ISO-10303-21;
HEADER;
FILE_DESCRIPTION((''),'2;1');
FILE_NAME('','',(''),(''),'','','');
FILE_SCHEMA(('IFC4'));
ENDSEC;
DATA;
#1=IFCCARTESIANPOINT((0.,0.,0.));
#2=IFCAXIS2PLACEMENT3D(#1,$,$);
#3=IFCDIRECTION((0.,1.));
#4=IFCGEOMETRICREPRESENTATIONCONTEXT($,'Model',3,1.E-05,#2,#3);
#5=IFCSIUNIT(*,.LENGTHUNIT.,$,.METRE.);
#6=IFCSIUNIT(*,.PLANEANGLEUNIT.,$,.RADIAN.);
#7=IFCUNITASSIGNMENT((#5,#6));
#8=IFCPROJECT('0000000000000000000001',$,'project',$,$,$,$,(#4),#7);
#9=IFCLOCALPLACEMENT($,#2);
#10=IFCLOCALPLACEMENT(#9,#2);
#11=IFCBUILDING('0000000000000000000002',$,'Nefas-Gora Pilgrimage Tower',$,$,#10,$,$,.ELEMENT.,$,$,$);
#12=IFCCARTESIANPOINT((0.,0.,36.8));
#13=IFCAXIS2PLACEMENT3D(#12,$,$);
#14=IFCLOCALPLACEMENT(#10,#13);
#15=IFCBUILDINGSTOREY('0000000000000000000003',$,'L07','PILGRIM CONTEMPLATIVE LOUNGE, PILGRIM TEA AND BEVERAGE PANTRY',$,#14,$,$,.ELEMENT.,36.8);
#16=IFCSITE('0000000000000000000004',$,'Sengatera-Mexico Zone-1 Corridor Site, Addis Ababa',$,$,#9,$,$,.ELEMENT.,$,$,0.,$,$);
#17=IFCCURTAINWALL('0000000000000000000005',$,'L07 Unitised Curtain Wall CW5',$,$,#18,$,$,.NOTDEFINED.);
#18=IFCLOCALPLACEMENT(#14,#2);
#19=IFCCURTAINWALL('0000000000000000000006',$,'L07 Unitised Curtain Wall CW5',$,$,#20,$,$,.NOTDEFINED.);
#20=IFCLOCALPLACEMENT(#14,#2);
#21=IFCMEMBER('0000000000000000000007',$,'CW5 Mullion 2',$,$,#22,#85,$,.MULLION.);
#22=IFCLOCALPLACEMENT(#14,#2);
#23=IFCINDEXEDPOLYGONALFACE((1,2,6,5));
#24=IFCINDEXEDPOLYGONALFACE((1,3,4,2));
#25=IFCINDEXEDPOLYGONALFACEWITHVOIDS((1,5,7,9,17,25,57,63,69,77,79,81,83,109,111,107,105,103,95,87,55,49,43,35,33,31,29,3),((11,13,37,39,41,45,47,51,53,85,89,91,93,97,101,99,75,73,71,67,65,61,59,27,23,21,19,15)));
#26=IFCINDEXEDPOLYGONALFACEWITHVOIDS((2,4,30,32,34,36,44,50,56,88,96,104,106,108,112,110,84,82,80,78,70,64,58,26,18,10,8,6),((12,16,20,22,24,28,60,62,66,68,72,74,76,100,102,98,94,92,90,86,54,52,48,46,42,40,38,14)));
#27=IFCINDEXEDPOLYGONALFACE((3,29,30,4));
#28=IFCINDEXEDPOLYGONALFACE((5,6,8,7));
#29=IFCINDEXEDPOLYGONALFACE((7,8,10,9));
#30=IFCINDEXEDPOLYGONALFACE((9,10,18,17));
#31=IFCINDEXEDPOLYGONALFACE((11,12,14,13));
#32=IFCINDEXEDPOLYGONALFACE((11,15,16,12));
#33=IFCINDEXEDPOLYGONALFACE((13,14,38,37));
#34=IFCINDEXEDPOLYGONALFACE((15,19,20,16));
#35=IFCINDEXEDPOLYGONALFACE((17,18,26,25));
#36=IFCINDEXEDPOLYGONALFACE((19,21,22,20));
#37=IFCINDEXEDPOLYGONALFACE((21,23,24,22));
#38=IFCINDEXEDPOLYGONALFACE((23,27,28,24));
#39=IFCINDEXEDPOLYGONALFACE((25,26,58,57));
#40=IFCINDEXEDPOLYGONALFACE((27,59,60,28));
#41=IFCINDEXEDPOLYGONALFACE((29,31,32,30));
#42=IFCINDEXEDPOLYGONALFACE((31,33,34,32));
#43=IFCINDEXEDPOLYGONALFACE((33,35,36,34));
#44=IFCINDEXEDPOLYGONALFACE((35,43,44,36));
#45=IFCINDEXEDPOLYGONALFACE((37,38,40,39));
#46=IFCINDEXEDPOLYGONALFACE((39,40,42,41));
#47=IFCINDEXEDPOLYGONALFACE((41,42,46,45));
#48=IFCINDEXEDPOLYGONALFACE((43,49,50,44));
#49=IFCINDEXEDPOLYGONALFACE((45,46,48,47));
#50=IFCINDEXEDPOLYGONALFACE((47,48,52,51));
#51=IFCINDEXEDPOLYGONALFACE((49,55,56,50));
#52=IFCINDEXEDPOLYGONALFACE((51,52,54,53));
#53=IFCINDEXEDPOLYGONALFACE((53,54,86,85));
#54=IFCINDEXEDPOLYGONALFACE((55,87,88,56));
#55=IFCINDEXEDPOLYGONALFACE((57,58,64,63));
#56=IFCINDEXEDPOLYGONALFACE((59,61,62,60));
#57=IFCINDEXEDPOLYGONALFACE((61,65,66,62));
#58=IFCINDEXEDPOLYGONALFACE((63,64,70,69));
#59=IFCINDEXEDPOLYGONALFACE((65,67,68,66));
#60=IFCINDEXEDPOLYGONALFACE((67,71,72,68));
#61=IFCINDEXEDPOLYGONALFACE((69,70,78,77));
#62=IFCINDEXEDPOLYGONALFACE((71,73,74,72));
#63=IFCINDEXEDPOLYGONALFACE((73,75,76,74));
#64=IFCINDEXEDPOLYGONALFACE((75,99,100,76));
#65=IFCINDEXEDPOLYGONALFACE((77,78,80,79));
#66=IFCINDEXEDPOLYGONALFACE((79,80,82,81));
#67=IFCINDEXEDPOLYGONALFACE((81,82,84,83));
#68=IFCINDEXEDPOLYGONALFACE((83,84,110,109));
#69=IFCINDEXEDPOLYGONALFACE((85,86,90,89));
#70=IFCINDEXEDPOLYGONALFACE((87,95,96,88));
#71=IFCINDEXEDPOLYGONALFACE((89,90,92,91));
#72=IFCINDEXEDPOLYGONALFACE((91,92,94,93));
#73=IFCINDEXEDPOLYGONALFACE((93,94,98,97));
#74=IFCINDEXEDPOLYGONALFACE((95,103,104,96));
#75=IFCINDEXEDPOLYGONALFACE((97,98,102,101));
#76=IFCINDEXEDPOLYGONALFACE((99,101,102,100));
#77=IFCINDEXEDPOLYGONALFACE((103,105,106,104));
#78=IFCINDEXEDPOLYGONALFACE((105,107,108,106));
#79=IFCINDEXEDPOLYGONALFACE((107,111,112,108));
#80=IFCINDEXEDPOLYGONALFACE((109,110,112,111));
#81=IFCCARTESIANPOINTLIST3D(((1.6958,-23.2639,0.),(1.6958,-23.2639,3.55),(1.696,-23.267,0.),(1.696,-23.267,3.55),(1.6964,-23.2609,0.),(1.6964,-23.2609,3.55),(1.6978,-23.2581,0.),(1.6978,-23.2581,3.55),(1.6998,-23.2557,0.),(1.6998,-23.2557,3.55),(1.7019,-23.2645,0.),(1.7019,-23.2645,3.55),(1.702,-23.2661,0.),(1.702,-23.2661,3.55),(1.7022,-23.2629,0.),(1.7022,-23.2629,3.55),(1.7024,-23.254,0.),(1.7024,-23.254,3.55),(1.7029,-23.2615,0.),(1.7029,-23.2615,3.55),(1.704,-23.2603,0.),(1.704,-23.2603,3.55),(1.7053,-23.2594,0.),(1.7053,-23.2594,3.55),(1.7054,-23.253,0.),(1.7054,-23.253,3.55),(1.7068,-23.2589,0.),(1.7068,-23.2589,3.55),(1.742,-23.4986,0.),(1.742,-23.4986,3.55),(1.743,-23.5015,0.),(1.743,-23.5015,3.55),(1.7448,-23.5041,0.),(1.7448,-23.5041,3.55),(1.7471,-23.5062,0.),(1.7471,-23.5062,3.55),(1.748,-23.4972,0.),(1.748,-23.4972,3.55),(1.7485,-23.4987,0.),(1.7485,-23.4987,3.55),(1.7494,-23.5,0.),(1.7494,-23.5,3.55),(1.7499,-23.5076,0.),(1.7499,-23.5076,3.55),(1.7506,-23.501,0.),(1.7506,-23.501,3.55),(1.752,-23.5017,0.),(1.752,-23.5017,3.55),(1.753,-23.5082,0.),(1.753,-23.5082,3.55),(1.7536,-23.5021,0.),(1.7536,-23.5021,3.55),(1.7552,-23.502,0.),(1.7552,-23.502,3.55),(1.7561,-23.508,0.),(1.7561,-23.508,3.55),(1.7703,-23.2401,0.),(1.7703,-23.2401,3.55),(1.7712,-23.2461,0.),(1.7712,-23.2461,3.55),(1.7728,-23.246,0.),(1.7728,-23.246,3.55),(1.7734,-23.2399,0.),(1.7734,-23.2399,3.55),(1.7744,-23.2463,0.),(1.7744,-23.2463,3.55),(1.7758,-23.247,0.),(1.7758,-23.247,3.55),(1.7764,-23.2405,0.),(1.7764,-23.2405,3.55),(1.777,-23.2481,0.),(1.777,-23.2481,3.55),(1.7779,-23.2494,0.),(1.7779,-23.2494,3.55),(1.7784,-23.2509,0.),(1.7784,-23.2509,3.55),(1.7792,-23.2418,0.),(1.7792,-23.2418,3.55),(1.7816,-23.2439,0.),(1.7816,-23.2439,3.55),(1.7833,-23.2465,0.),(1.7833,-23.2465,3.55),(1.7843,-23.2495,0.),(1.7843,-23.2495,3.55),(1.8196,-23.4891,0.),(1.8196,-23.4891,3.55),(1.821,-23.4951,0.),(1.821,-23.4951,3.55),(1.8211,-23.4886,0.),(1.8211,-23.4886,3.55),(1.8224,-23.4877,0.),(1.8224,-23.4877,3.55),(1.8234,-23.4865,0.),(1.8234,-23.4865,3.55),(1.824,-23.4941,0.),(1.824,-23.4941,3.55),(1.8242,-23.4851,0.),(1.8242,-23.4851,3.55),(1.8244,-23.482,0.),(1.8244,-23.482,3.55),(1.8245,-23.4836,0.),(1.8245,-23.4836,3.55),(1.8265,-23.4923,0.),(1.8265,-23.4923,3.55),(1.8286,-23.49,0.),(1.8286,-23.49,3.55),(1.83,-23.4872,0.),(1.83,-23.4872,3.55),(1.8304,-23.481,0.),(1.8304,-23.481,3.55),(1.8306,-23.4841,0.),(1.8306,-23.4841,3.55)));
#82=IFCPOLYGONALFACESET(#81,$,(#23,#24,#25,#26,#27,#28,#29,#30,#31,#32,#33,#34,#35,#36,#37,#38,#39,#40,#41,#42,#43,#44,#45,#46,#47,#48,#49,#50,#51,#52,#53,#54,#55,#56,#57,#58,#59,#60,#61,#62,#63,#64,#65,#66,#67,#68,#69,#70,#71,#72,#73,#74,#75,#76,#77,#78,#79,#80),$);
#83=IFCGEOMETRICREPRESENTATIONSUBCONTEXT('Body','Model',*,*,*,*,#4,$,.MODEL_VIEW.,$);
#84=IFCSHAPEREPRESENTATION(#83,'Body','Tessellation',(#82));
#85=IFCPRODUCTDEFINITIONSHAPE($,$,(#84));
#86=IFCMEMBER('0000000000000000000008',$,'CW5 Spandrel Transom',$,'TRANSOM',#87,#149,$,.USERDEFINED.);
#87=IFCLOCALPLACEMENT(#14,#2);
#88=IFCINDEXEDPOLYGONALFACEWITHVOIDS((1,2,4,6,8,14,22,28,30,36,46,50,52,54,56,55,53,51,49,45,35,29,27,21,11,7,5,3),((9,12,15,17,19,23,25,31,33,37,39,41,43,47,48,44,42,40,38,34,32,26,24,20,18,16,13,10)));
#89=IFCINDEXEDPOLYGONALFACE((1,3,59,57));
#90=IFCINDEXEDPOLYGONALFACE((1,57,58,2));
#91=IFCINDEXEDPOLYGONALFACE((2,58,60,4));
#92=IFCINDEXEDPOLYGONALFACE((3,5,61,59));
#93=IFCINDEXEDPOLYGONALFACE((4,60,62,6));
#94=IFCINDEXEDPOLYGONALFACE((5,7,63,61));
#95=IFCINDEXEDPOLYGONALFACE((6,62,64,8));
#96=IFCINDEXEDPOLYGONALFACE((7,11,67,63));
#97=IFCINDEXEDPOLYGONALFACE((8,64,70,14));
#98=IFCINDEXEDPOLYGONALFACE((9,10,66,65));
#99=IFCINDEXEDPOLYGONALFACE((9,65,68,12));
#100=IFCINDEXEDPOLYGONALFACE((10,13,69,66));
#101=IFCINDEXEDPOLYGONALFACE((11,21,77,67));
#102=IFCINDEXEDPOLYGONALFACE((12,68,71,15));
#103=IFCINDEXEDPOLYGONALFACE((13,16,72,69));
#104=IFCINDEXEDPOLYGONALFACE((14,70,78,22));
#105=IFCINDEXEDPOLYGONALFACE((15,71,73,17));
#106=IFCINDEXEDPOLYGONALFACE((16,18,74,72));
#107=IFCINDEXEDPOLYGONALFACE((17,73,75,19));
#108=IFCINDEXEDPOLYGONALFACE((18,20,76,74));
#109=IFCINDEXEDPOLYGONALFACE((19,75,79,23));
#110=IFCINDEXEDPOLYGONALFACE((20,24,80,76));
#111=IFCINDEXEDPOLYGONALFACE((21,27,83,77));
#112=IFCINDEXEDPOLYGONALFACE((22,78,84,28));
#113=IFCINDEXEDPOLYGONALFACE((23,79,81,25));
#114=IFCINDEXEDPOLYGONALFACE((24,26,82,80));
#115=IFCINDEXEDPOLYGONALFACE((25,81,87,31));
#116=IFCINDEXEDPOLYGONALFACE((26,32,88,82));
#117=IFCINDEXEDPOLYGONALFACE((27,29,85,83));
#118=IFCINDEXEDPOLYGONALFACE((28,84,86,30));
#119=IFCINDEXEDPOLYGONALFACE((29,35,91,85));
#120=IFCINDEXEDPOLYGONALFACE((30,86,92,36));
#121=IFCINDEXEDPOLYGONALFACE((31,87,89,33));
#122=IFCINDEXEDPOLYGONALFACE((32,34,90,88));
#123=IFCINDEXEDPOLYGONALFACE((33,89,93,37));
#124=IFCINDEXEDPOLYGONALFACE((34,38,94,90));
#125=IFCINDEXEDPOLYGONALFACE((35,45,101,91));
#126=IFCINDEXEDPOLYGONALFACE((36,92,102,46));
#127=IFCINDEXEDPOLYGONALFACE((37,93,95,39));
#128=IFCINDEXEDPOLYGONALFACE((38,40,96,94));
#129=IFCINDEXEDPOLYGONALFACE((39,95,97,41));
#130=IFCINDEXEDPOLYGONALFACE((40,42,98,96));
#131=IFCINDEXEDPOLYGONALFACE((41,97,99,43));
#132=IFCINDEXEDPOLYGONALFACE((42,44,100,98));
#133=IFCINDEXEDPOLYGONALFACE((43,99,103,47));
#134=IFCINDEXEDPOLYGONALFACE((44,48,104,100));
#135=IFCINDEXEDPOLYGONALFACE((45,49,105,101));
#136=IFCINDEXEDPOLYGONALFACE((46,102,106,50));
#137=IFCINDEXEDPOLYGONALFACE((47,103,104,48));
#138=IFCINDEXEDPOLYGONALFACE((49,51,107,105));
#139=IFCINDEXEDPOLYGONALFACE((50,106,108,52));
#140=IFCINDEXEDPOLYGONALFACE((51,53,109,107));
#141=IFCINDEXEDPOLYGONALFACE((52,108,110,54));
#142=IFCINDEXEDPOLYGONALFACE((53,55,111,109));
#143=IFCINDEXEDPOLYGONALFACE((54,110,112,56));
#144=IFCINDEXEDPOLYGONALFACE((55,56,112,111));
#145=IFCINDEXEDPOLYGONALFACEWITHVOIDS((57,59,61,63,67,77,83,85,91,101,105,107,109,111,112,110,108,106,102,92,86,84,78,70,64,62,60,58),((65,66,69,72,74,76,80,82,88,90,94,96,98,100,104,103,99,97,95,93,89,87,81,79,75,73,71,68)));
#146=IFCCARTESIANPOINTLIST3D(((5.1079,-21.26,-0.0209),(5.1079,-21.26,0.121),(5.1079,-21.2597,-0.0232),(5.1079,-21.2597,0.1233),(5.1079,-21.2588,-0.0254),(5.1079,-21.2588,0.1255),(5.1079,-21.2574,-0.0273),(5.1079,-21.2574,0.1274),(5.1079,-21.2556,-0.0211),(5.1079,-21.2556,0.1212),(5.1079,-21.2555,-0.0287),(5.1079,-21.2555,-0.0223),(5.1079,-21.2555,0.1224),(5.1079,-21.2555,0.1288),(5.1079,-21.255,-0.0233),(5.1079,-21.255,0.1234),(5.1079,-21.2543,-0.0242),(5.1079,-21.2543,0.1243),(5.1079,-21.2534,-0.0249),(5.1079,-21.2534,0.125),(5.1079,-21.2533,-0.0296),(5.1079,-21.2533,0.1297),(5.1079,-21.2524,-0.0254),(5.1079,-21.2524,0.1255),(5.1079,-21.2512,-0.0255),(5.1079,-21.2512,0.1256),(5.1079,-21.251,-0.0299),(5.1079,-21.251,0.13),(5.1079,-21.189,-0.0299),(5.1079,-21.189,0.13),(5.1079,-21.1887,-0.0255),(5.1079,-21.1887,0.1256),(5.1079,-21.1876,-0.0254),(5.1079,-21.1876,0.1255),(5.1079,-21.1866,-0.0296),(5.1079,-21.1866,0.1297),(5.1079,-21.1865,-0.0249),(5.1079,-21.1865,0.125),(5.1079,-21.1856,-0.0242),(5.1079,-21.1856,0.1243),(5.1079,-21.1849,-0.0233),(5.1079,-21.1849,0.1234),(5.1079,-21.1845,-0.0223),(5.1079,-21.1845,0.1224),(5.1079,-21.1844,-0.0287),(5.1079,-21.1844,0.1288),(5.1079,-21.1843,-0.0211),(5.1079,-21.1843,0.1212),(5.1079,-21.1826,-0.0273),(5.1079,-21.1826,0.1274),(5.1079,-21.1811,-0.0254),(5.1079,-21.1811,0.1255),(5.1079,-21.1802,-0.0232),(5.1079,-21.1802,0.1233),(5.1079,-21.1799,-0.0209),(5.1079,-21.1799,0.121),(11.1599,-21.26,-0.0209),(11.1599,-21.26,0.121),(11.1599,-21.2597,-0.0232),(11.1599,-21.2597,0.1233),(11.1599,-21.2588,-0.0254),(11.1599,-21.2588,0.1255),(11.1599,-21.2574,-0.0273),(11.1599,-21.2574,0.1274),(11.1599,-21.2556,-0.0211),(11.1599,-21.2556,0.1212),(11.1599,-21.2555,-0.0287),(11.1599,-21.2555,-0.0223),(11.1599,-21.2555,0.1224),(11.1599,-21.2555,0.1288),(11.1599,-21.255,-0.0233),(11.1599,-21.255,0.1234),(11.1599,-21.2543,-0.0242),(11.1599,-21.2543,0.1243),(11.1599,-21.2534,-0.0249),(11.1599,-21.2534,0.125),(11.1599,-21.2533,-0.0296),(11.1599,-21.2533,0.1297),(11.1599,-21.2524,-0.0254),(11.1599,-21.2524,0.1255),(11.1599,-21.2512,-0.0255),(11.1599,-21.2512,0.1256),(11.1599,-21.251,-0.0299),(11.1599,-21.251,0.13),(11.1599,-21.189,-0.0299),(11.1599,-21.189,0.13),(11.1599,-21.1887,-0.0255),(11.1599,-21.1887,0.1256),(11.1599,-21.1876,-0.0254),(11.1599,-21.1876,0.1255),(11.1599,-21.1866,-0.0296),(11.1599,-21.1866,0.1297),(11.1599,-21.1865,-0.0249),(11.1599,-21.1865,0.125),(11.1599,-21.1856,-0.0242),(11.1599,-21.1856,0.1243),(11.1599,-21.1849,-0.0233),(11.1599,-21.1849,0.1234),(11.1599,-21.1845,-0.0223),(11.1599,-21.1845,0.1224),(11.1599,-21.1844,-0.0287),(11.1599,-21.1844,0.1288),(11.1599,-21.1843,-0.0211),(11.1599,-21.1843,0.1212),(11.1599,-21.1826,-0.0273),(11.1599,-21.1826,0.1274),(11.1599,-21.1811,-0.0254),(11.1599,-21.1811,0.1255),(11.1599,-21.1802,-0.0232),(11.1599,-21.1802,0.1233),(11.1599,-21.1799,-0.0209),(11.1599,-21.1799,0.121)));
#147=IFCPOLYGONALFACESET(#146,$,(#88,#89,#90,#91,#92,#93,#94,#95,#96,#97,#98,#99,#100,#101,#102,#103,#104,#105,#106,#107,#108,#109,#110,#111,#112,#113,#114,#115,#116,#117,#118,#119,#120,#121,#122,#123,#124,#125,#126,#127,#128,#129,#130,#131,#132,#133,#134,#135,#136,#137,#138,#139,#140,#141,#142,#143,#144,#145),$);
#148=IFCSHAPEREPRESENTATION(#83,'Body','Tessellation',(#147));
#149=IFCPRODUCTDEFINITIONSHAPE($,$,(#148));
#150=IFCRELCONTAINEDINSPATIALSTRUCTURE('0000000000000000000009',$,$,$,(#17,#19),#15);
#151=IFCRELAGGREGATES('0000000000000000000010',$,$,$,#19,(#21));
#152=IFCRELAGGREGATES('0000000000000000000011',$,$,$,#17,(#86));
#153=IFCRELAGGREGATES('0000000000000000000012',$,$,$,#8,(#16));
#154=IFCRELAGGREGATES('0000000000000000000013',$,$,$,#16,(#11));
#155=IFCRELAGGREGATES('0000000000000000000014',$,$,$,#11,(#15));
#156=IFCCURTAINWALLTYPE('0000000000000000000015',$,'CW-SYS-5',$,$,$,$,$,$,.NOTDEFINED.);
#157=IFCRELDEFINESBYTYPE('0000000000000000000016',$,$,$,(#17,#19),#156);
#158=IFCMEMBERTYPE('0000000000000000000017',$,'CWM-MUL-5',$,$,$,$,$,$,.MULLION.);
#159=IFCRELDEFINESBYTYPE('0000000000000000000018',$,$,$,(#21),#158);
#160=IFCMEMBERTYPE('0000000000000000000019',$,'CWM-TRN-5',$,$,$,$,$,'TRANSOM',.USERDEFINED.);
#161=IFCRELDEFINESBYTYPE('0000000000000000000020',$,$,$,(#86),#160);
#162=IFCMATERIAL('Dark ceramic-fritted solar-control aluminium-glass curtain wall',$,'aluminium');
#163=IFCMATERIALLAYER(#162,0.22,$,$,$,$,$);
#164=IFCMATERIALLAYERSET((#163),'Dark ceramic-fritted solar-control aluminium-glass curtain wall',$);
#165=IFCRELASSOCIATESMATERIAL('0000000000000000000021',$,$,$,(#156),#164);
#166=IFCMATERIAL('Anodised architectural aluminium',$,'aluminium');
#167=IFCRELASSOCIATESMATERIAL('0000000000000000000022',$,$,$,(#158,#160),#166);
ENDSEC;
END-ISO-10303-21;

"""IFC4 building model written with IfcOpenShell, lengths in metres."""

from ifc_helpers import new_model, si_unit, direction, frame, origin, origin_2d, place, context, subcontext, project, spatial, hollow_rectangle, extrude, source, transform, mapped, material, layer, layer_set, material_profile, profile_set, type_object, element, aggregate, save


model = new_model("IFC4")

# Units and contexts
model_context = context("Model", 3, precision=1e-05, world=origin(), true_north=direction((0.0, 1.0)))
body_context = subcontext(model_context, "Body", "Model", "MODEL_VIEW")
ifc_project = project(units=[si_unit("LENGTHUNIT", "METRE"), si_unit("PLANEANGLEUNIT", "RADIAN")], contexts=[model_context])

# Site, building, storey
site_placement = place(None, origin())
site = spatial("IfcSite", under=ifc_project, at=site_placement, Name="Sengatera-Mexico Zone-1 Corridor Site, Addis Ababa", CompositionType="ELEMENT", RefElevation=0.0)
building_placement = place(site_placement, origin())
building = spatial("IfcBuilding", under=site, at=building_placement, Name="Nefas-Gora Pilgrimage Tower", CompositionType="ELEMENT")
storey_placement = place(building_placement, frame((0.0, 0.0, 36.8)))
storey = spatial("IfcBuildingStorey", under=building, at=storey_placement, Name="L07", Description="PILGRIM CONTEMPLATIVE LOUNGE, PILGRIM TEA AND BEVERAGE PANTRY", CompositionType="ELEMENT", Elevation=36.8)

# Curtain wall
ifc_material_1 = material(Name="Dark ceramic-fritted solar-control aluminium-glass curtain wall", Category="aluminium")
ifc_layer_1 = layer(ifc_material_1, 0.22)
ifc_layer_set_1 = layer_set([ifc_layer_1], Name="Dark ceramic-fritted solar-control aluminium-glass curtain wall")
curtain_wall_type_1 = type_object("IfcCurtainWallType", Name="CW-SYS-5", PredefinedType="NOTDEFINED", material=ifc_layer_set_1)
curtain_wall_1_placement = place(storey_placement, origin())
curtain_wall_1 = element("IfcCurtainWall", 1, at=curtain_wall_1_placement, inside=storey, type_object=curtain_wall_type_1, Name="L07 Unitised Curtain Wall CW5", PredefinedType="NOTDEFINED")
ifc_material_2 = material(Name="Anodised architectural aluminium", Category="aluminium")
ifc_material_profile_1 = material_profile(ifc_material_2, hollow_rectangle(XDim=0.0901, YDim=0.26, WallThickness=0.0061, InnerFilletRadius=0.0061, OuterFilletRadius=0.012, at=origin_2d()), Name="ALU MULLION 90x260")
ifc_profile_set_1 = profile_set([ifc_material_profile_1], Name="Anodised architectural aluminium")
member_type_1 = type_object("IfcMemberType", Name="CWM-MUL-5", PredefinedType="MULLION", material=ifc_profile_set_1)
shared_shape_1 = source(origin(), body_context, "Body", "SweptSolid", [
    extrude(hollow_rectangle(XDim=0.0901, YDim=0.26, WallThickness=0.0061, InnerFilletRadius=0.0061, OuterFilletRadius=0.012, at=origin_2d()), origin(), (0.0, 0.0, 1.0), 3.55),
])

# Curtain wall, member
curtain_wall_2_placement = place(storey_placement, origin())
curtain_wall_2 = element("IfcCurtainWall", 2, at=curtain_wall_2_placement, inside=storey, type_object=curtain_wall_type_1, Name="L07 Unitised Curtain Wall CW5", PredefinedType="NOTDEFINED")
member_1_placement = place(storey_placement, frame((1.7632, -23.374, 0.0), z_axis=(0.0, 0.0, 1.0), x_axis=(0.980783, 0.195102, 0.0)))
member_1 = element("IfcMember", 3, at=member_1_placement, type_object=member_type_1, Name="CW5 Mullion 2", PredefinedType="MULLION", context=body_context, shape_type="MappedRepresentation", body=[
    mapped(shared_shape_1, transform((0.0, 0.0, 0.0), x_axis=(1.0, 0.0, 0.0), y_axis=(0.0, 1.0, 0.0), z_axis=(0.0, 0.0, 1.0), scale=1.0)),
])
aggregate(curtain_wall_2, [member_1])

# Member
ifc_material_profile_2 = material_profile(ifc_material_2, hollow_rectangle(XDim=0.0801, YDim=0.1599, WallThickness=0.0044, InnerFilletRadius=0.0044, OuterFilletRadius=0.009, at=origin_2d()), Name="ALU TRANSOM 80x160")
ifc_profile_set_2 = profile_set([ifc_material_profile_2], Name="Anodised architectural aluminium")
member_type_2 = type_object("IfcMemberType", Name="CWM-TRN-5", ElementType="TRANSOM", PredefinedType="USERDEFINED", material=ifc_profile_set_2)
shared_shape_2 = source(origin(), body_context, "Body", "SweptSolid", [
    extrude(hollow_rectangle(XDim=0.0801, YDim=0.1599, WallThickness=0.0044, InnerFilletRadius=0.0044, OuterFilletRadius=0.009, at=origin_2d()), origin(), (0.0, 0.0, 1.0), 6.052),
])
member_2_placement = place(storey_placement, frame((5.1079, -21.22, 0.05), z_axis=(1.0, 0.0, 0.0), x_axis=(0.0, 1.0, 0.0)))
member_2 = element("IfcMember", 4, at=member_2_placement, type_object=member_type_2, Name="CW5 Spandrel Transom", ObjectType="TRANSOM", PredefinedType="USERDEFINED", context=body_context, shape_type="MappedRepresentation", body=[
    mapped(shared_shape_2, transform((0.0, 0.0, 0.0), x_axis=(1.0, 0.0, 0.0), y_axis=(0.0, 1.0, 0.0), z_axis=(0.0, 0.0, 1.0), scale=1.0)),
])

aggregate(curtain_wall_1, [member_2])

save(model, "model.ifc")
